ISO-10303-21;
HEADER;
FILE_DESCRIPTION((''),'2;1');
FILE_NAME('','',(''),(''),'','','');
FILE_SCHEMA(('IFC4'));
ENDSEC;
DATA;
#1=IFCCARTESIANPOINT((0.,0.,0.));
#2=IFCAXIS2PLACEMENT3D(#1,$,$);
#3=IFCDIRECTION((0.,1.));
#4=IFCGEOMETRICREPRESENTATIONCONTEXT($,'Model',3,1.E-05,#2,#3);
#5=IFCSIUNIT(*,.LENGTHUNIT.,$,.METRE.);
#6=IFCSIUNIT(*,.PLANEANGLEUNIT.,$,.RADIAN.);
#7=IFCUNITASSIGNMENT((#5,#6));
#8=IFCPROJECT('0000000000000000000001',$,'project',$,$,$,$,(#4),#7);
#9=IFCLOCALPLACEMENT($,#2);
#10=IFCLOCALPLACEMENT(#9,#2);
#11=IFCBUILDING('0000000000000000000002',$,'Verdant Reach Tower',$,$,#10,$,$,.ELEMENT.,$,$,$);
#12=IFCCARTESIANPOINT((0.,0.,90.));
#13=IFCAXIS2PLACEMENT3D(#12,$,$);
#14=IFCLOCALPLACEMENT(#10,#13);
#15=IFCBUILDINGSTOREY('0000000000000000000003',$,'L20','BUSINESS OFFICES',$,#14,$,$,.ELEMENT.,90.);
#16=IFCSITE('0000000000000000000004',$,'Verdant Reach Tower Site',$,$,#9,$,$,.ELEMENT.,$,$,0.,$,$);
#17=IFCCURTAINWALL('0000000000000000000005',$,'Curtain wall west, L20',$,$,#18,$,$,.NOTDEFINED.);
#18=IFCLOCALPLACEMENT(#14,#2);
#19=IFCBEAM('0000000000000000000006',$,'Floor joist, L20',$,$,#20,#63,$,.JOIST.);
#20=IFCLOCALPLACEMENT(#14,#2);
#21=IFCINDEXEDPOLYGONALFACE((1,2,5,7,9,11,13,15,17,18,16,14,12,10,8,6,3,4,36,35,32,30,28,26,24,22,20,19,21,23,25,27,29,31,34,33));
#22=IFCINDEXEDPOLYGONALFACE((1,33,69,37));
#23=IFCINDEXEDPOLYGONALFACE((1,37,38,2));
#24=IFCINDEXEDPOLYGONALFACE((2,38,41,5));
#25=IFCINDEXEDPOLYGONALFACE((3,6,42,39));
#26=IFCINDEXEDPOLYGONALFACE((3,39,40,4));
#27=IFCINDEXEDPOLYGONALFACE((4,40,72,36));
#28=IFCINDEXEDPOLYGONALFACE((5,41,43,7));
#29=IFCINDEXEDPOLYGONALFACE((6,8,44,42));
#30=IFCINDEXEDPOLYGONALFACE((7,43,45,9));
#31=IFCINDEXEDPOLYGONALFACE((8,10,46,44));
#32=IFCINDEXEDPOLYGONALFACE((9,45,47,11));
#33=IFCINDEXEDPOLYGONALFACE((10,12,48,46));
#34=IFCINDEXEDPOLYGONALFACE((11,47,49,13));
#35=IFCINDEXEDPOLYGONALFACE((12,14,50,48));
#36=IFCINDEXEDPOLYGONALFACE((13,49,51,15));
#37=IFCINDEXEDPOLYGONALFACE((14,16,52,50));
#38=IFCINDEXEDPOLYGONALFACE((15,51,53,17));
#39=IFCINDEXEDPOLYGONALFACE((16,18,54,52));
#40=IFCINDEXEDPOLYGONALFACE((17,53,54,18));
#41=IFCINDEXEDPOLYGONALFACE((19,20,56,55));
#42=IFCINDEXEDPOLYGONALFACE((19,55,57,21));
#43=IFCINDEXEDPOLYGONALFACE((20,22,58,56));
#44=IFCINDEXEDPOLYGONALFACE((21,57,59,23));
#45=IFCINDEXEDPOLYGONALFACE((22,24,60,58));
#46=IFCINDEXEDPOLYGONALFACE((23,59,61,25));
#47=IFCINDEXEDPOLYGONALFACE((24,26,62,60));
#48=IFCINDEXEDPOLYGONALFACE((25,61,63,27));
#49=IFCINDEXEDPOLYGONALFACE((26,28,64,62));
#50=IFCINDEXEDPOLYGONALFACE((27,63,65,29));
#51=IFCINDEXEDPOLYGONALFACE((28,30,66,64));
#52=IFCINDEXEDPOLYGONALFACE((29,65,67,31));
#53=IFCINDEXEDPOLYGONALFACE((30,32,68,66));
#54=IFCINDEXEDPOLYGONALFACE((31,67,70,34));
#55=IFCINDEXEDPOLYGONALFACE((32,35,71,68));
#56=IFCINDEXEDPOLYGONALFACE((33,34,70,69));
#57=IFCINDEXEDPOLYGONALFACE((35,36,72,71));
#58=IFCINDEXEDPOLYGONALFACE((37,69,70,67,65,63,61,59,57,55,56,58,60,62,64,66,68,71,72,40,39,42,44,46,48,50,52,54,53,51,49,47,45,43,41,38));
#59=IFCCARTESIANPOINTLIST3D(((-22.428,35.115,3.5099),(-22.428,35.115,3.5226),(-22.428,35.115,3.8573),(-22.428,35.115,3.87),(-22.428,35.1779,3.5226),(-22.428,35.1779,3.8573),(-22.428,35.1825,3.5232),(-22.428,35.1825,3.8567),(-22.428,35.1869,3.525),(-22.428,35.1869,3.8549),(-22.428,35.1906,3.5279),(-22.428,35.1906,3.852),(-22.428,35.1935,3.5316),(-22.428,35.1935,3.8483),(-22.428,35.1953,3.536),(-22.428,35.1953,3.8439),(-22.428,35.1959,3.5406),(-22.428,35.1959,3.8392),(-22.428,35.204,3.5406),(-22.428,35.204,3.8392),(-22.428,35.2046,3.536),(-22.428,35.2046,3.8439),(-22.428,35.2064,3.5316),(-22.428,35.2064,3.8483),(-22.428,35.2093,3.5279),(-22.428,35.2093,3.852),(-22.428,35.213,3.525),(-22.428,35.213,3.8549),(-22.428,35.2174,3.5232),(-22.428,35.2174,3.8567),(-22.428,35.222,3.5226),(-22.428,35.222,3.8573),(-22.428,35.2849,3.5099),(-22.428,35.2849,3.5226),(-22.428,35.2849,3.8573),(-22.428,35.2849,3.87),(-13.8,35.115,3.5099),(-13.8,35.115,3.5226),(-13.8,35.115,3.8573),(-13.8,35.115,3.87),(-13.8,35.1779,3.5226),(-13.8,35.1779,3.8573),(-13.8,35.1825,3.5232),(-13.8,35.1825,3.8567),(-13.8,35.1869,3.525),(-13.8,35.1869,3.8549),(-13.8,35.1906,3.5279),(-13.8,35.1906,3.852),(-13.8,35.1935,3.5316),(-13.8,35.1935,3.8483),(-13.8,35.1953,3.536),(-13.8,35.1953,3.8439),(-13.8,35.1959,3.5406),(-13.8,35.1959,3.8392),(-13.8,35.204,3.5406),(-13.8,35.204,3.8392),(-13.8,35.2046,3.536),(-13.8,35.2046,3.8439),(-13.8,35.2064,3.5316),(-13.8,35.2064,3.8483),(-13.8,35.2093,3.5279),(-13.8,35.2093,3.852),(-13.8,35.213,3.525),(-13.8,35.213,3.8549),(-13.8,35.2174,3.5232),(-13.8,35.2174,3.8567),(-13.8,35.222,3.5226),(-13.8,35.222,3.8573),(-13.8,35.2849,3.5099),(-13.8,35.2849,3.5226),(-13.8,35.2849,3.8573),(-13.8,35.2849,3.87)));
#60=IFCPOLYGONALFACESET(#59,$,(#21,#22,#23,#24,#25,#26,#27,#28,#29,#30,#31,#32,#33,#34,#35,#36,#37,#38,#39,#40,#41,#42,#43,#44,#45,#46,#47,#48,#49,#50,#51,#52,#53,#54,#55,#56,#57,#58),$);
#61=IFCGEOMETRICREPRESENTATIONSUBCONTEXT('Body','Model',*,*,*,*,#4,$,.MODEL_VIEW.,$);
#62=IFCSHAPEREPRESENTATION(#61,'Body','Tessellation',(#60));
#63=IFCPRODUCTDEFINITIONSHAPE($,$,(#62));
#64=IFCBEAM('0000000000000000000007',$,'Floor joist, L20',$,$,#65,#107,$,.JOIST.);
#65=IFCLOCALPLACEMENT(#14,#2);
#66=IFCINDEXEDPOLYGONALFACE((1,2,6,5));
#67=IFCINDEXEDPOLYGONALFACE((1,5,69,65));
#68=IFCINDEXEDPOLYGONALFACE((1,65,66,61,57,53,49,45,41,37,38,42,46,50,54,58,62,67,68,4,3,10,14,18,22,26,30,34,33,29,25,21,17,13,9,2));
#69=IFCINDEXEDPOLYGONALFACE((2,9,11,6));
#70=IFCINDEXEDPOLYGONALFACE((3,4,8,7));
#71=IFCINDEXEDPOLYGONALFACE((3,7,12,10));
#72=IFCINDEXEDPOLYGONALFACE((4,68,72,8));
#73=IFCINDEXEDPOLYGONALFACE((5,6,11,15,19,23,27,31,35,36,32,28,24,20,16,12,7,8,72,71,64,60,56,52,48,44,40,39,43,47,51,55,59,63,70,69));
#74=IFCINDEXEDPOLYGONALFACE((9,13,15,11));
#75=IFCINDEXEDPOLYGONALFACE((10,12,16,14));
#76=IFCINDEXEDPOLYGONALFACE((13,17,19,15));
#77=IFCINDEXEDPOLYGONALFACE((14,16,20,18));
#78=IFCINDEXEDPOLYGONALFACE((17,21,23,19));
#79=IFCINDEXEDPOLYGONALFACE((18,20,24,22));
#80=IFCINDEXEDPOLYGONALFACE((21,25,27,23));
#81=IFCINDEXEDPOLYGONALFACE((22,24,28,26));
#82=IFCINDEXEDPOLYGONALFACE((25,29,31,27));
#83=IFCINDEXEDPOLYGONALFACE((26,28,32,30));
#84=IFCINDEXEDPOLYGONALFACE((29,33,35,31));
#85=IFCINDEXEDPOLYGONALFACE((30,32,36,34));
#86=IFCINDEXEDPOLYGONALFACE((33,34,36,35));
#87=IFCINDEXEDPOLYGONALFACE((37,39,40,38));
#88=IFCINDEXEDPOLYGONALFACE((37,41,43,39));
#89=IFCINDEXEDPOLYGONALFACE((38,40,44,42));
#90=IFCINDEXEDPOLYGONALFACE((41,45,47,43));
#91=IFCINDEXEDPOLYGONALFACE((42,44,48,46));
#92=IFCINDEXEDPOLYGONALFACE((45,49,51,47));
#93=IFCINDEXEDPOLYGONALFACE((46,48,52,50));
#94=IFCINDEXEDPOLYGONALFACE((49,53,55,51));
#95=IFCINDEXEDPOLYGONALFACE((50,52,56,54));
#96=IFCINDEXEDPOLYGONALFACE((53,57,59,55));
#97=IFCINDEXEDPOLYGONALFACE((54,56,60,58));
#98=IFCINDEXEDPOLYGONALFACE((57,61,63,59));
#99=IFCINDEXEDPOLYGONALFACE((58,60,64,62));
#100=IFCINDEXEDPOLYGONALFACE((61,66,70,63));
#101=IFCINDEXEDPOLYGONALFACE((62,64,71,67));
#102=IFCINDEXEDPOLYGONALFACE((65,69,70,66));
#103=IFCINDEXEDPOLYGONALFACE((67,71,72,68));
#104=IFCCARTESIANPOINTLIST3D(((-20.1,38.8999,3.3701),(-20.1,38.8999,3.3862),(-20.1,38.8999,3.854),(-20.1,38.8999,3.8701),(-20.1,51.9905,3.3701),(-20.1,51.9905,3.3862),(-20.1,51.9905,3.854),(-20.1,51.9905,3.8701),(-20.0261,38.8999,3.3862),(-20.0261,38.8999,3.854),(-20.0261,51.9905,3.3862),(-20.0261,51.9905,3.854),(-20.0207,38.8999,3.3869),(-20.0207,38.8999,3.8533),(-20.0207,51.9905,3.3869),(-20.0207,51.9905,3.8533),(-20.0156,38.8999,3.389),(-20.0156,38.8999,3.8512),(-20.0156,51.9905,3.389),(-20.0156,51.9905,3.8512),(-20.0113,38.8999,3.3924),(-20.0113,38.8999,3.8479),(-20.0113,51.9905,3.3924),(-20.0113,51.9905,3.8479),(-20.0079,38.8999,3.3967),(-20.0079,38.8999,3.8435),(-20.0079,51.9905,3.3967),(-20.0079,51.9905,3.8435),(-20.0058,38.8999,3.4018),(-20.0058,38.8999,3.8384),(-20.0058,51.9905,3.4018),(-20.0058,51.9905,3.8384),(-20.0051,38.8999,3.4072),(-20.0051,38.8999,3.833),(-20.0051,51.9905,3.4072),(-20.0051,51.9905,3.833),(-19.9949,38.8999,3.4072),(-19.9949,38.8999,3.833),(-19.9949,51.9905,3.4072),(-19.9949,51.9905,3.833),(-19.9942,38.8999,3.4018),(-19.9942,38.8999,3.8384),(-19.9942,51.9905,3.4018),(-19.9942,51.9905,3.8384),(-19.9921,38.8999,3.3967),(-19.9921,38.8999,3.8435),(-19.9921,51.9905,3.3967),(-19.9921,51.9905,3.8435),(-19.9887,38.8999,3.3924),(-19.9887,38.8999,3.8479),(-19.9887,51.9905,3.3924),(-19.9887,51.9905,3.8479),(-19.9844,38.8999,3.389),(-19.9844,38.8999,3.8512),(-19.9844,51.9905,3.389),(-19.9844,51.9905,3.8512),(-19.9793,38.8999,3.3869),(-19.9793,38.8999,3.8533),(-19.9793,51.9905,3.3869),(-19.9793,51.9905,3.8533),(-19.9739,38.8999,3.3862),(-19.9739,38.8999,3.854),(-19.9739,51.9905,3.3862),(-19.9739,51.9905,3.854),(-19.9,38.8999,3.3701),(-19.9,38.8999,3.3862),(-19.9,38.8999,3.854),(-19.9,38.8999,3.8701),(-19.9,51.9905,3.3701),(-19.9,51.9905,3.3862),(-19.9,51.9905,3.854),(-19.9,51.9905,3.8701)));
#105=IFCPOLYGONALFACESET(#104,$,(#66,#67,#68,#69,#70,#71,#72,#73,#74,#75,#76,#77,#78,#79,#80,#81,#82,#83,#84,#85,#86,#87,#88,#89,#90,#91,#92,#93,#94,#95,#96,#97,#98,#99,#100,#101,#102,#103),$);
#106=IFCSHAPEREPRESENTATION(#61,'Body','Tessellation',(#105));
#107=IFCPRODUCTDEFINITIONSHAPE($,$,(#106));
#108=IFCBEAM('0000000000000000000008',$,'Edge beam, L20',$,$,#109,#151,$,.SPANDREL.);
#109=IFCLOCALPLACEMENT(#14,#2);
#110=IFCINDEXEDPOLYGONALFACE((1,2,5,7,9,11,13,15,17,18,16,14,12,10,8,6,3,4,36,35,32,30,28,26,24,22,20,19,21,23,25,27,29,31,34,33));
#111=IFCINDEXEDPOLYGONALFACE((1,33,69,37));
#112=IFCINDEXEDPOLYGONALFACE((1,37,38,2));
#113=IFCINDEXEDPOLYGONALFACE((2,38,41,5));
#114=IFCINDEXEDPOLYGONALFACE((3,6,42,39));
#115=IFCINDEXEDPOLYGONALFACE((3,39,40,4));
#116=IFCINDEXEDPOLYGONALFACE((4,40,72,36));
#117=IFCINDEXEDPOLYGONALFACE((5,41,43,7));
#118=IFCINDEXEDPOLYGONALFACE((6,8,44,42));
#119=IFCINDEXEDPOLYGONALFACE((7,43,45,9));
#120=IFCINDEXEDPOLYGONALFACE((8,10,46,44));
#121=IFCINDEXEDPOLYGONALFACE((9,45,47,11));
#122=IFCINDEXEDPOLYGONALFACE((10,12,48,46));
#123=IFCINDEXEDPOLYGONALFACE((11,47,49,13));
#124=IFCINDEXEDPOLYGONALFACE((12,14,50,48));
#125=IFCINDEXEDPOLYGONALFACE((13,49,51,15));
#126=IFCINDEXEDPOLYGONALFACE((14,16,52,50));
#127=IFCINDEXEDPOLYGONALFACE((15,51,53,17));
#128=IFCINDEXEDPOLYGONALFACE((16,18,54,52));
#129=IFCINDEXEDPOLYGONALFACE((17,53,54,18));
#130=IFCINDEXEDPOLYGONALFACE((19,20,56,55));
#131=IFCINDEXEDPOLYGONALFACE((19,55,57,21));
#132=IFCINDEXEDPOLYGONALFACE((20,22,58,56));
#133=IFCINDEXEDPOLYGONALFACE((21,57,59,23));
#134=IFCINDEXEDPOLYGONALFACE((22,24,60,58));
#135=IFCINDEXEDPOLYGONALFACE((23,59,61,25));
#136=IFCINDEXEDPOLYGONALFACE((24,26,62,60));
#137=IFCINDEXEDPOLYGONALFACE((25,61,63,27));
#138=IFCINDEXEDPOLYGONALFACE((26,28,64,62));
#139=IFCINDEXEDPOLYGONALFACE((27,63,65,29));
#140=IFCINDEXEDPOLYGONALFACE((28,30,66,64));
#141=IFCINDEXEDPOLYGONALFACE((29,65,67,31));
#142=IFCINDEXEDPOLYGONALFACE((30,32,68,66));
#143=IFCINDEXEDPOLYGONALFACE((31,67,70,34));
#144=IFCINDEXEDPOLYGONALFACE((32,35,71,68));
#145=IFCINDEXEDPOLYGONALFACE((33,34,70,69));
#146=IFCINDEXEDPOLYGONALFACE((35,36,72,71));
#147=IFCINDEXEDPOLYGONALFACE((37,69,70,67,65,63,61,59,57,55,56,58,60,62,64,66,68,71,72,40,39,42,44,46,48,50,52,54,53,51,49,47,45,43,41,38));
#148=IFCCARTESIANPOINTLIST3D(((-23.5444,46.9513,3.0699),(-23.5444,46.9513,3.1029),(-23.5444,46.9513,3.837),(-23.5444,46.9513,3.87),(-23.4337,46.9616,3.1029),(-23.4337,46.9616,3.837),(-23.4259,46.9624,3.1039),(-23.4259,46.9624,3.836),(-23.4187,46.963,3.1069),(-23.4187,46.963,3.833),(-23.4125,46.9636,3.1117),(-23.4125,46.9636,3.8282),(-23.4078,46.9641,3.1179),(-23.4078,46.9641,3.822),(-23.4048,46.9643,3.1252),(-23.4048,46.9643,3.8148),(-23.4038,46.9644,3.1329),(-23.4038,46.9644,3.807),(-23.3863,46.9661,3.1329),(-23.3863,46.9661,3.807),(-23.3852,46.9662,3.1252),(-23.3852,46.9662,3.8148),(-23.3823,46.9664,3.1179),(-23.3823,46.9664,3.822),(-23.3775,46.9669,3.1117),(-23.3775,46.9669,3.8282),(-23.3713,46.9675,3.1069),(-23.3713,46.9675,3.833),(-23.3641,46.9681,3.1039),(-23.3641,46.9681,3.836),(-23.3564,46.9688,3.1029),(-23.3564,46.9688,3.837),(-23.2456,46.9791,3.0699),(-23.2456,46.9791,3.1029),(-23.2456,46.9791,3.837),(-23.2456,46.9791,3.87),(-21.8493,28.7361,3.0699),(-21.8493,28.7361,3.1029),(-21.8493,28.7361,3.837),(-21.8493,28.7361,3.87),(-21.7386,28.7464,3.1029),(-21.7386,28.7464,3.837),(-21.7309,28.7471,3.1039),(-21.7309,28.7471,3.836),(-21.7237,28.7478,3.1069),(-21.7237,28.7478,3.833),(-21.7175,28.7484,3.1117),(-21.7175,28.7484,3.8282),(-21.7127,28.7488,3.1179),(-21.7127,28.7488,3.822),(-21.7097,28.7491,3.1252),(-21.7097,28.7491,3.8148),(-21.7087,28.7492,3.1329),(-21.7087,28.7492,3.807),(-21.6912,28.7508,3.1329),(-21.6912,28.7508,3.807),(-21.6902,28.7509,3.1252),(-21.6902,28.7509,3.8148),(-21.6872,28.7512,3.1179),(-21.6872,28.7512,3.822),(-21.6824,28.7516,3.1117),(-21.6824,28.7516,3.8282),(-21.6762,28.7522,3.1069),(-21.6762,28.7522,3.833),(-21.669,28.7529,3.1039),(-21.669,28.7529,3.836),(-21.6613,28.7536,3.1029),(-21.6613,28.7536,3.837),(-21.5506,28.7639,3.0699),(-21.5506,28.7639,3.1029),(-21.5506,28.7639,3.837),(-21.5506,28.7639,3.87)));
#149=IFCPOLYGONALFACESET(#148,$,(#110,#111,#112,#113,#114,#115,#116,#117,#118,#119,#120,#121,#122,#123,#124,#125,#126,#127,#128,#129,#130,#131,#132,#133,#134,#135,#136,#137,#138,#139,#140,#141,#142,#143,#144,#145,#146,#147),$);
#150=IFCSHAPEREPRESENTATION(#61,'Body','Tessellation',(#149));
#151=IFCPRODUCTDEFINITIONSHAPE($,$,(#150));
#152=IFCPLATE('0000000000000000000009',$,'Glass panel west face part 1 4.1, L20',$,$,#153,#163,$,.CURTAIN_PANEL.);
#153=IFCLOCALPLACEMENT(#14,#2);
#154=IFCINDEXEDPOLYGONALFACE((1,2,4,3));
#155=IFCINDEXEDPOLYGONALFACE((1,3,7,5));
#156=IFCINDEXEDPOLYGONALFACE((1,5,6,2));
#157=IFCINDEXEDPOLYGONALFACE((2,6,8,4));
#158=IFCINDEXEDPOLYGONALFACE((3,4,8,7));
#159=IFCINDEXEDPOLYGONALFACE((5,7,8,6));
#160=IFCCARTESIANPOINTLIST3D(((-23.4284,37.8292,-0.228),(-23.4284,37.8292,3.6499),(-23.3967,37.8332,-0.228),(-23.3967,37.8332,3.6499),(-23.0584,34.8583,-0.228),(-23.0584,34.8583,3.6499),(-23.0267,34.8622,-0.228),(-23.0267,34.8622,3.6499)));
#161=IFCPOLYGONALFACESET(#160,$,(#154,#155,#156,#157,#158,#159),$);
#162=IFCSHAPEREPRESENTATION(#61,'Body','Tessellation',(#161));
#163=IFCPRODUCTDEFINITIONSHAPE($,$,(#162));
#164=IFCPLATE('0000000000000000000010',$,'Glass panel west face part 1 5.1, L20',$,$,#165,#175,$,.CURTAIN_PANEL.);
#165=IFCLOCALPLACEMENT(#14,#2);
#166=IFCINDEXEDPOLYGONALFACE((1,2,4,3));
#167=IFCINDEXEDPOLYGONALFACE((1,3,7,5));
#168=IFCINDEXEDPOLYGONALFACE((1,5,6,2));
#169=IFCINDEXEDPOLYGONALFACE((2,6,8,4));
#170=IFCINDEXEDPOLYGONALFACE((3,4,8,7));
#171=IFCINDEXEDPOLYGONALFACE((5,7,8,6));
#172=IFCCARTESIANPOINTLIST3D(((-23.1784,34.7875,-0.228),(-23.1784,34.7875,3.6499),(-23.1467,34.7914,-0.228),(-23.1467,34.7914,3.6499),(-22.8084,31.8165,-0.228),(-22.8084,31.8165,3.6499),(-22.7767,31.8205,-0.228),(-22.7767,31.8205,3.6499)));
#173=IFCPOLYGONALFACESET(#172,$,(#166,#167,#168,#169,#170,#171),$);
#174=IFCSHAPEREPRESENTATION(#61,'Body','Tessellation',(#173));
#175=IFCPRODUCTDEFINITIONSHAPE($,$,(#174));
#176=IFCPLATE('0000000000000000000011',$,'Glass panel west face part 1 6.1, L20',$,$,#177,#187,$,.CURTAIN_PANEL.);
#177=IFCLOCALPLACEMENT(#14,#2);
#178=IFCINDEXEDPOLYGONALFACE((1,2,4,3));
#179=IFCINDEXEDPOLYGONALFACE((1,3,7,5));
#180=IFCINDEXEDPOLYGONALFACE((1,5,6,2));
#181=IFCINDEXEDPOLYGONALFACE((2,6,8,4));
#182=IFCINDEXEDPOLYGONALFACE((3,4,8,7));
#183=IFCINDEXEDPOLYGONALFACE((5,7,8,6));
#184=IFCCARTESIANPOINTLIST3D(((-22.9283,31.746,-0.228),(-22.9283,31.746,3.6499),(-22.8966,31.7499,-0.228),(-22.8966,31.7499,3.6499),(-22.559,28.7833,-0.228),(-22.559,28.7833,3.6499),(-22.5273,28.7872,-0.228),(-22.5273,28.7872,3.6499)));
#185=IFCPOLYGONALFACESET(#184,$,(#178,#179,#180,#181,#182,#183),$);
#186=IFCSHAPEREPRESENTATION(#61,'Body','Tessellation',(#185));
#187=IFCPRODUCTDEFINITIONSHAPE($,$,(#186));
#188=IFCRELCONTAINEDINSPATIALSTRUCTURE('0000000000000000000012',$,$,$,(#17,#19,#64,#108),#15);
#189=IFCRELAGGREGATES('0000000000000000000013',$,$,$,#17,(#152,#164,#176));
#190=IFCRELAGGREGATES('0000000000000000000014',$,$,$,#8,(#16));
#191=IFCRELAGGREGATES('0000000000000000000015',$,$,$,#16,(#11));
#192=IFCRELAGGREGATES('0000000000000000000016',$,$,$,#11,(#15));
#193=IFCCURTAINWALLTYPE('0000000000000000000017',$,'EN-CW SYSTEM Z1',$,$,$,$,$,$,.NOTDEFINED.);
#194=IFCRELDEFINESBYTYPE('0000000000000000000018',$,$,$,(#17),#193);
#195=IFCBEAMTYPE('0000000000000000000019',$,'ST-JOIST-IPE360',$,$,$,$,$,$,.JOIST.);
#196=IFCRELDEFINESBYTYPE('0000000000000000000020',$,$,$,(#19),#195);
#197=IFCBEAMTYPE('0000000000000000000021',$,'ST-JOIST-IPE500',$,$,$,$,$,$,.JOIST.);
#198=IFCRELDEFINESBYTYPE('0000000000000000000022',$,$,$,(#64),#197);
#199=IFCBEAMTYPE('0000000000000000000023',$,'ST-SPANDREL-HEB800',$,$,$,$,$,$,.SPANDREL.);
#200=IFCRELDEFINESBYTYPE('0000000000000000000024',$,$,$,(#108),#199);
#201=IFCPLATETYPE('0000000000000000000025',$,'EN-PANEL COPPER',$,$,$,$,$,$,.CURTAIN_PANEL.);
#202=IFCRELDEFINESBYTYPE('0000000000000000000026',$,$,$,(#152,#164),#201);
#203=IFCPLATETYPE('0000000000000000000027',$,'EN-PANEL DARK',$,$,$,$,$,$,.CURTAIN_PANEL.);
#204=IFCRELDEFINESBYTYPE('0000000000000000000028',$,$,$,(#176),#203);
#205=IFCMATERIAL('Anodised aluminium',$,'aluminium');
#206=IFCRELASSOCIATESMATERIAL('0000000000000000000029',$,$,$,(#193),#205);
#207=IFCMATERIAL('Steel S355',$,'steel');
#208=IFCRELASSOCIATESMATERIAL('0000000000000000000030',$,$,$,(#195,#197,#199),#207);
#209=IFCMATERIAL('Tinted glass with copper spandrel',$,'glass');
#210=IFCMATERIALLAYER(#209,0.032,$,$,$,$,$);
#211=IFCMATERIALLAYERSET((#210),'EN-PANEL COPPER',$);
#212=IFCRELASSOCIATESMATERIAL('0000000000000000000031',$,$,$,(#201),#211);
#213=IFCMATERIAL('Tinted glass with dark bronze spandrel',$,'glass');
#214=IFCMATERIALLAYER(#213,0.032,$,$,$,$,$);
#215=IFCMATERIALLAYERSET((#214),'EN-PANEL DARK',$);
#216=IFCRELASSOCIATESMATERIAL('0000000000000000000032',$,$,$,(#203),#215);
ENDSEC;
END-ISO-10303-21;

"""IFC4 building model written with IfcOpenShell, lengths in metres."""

from ifc_helpers import new_model, si_unit, direction, frame, origin, origin_2d, place, context, subcontext, project, spatial, rectangle, i_section, extrude, material, layer, layer_set, material_profile, profile_set, type_object, element, aggregate, save


model = new_model("IFC4")

# Units and contexts
model_context = context("Model", 3, precision=1e-05, world=origin(), true_north=direction((0.0, 1.0)))
body_context = subcontext(model_context, "Body", "Model", "MODEL_VIEW")
ifc_project = project(units=[si_unit("LENGTHUNIT", "METRE"), si_unit("PLANEANGLEUNIT", "RADIAN")], contexts=[model_context])

# Site, building, storey
site_placement = place(None, origin())
site = spatial("IfcSite", under=ifc_project, at=site_placement, Name="Verdant Reach Tower Site", CompositionType="ELEMENT", RefElevation=0.0)
building_placement = place(site_placement, origin())
building = spatial("IfcBuilding", under=site, at=building_placement, Name="Verdant Reach Tower", CompositionType="ELEMENT")
storey_placement = place(building_placement, frame((0.0, 0.0, 90.0)))
storey = spatial("IfcBuildingStorey", under=building, at=storey_placement, Name="L20", Description="BUSINESS OFFICES", CompositionType="ELEMENT", Elevation=90.0)

# Curtain wall
ifc_material_1 = material(Name="Anodised aluminium", Category="aluminium")
curtain_wall_type = type_object("IfcCurtainWallType", Name="EN-CW SYSTEM Z1", PredefinedType="NOTDEFINED", material=ifc_material_1)
curtain_wall_placement = place(storey_placement, origin())
curtain_wall = element("IfcCurtainWall", 1, at=curtain_wall_placement, inside=storey, type_object=curtain_wall_type, Name="Curtain wall west, L20", PredefinedType="NOTDEFINED")

# Beams
ifc_material_2 = material(Name="Steel S355", Category="steel")
ifc_material_profile_1 = material_profile(ifc_material_2, i_section(OverallWidth=0.1699, OverallDepth=0.3601, WebThickness=0.0081, FlangeThickness=0.0127, FilletRadius=0.0181, at=origin_2d()), Name="IPE 360")
ifc_profile_set_1 = profile_set([ifc_material_profile_1], Name="Steel S355")
beam_type_1 = type_object("IfcBeamType", Name="ST-JOIST-IPE360", PredefinedType="JOIST", material=ifc_profile_set_1)
beam_1_placement = place(storey_placement, frame((-13.8, 35.2, 3.6899), z_axis=(-1.0, 0.0, 0.0), x_axis=(0.0, -1.0, 0.0)))
element("IfcBeam", 2, at=beam_1_placement, inside=storey, type_object=beam_type_1, Name="Floor joist, L20", PredefinedType="JOIST", context=body_context, shape_type="SweptSolid", body=[
    extrude(i_section(OverallWidth=0.1699, OverallDepth=0.3601, WebThickness=0.0081, FlangeThickness=0.0127, FilletRadius=0.0181, at=origin_2d()), origin(), (0.0, 0.0, 1.0), 8.6279),
])
ifc_material_profile_2 = material_profile(ifc_material_2, i_section(OverallWidth=0.2, OverallDepth=0.5, WebThickness=0.0103, FlangeThickness=0.0161, FilletRadius=0.021, at=origin_2d()), Name="IPE 500")
ifc_profile_set_2 = profile_set([ifc_material_profile_2], Name="Steel S355")
beam_type_2 = type_object("IfcBeamType", Name="ST-JOIST-IPE500", PredefinedType="JOIST", material=ifc_profile_set_2)
beam_2_placement = place(storey_placement, frame((-20.0, 38.8999, 3.6201), z_axis=(0.0, 1.0, 0.0), x_axis=(-1.0, 0.0, 0.0)))
element("IfcBeam", 3, at=beam_2_placement, inside=storey, type_object=beam_type_2, Name="Floor joist, L20", PredefinedType="JOIST", context=body_context, shape_type="SweptSolid", body=[
    extrude(i_section(OverallWidth=0.2, OverallDepth=0.5, WebThickness=0.0103, FlangeThickness=0.0161, FilletRadius=0.021, at=origin_2d()), origin(), (0.0, 0.0, 1.0), 13.0906),
])
ifc_material_profile_3 = material_profile(ifc_material_2, i_section(OverallWidth=0.3, OverallDepth=0.8, WebThickness=0.0176, FlangeThickness=0.033, FilletRadius=0.03, at=origin_2d()), Name="HEB 800")
ifc_profile_set_3 = profile_set([ifc_material_profile_3], Name="Steel S355")
beam_type_3 = type_object("IfcBeamType", Name="ST-SPANDREL-HEB800", PredefinedType="SPANDREL", material=ifc_profile_set_3)
beam_3_placement = place(storey_placement, frame((-21.7, 28.75, 3.47), z_axis=(-0.092657, 0.995698, 0.0), x_axis=(-0.995698, -0.092657, 0.0)))
element("IfcBeam", 4, at=beam_3_placement, inside=storey, type_object=beam_type_3, Name="Edge beam, L20", PredefinedType="SPANDREL", context=body_context, shape_type="SweptSolid", body=[
    extrude(i_section(OverallWidth=0.3, OverallDepth=0.8, WebThickness=0.0176, FlangeThickness=0.033, FilletRadius=0.03, at=origin_2d()), origin(), (0.0, 0.0, 1.0), 18.2939),
])

# Plates
ifc_material_3 = material(Name="Tinted glass with copper spandrel", Category="glass")
ifc_layer_1 = layer(ifc_material_3, 0.032)
ifc_layer_set_1 = layer_set([ifc_layer_1], Name="EN-PANEL COPPER")
plate_type_1 = type_object("IfcPlateType", Name="EN-PANEL COPPER", PredefinedType="CURTAIN_PANEL", material=ifc_layer_set_1)
plate_1_placement = place(storey_placement, frame((-23.2275, 36.3457, -0.228), z_axis=(0.0, 0.0, 1.0), x_axis=(0.123579, -0.992335, 0.0)))
plate_1 = element("IfcPlate", 5, at=plate_1_placement, type_object=plate_type_1, Name="Glass panel west face part 1 4.1, L20", PredefinedType="CURTAIN_PANEL", context=body_context, shape_type="SweptSolid", body=[
    extrude(rectangle(XDim=2.9939, YDim=0.032, at=origin_2d()), origin(), (0.0, 0.0, 1.0), 3.8779),
])
plate_2_placement = place(storey_placement, frame((-22.9775, 33.304, -0.228), z_axis=(0.0, 0.0, 1.0), x_axis=(0.123579, -0.992335, 0.0)))
plate_2 = element("IfcPlate", 6, at=plate_2_placement, type_object=plate_type_1, Name="Glass panel west face part 1 5.1, L20", PredefinedType="CURTAIN_PANEL", context=body_context, shape_type="SweptSolid", body=[
    extrude(rectangle(XDim=2.9939, YDim=0.032, at=origin_2d()), origin(), (0.0, 0.0, 1.0), 3.8779),
])
ifc_material_4 = material(Name="Tinted glass with dark bronze spandrel", Category="glass")
ifc_layer_2 = layer(ifc_material_4, 0.032)
ifc_layer_set_2 = layer_set([ifc_layer_2], Name="EN-PANEL DARK")
plate_type_2 = type_object("IfcPlateType", Name="EN-PANEL DARK", PredefinedType="CURTAIN_PANEL", material=ifc_layer_set_2)
plate_3_placement = place(storey_placement, frame((-22.7278, 30.2666, -0.228), z_axis=(0.0, 0.0, 1.0), x_axis=(0.123691, -0.992321, 0.0)))
plate_3 = element("IfcPlate", 7, at=plate_3_placement, type_object=plate_type_2, Name="Glass panel west face part 1 6.1, L20", PredefinedType="CURTAIN_PANEL", context=body_context, shape_type="SweptSolid", body=[
    extrude(rectangle(XDim=2.9856, YDim=0.032, at=origin_2d()), origin(), (0.0, 0.0, 1.0), 3.8779),
])
aggregate(curtain_wall, [plate_1, plate_2, plate_3])

save(model, "model.ifc")
